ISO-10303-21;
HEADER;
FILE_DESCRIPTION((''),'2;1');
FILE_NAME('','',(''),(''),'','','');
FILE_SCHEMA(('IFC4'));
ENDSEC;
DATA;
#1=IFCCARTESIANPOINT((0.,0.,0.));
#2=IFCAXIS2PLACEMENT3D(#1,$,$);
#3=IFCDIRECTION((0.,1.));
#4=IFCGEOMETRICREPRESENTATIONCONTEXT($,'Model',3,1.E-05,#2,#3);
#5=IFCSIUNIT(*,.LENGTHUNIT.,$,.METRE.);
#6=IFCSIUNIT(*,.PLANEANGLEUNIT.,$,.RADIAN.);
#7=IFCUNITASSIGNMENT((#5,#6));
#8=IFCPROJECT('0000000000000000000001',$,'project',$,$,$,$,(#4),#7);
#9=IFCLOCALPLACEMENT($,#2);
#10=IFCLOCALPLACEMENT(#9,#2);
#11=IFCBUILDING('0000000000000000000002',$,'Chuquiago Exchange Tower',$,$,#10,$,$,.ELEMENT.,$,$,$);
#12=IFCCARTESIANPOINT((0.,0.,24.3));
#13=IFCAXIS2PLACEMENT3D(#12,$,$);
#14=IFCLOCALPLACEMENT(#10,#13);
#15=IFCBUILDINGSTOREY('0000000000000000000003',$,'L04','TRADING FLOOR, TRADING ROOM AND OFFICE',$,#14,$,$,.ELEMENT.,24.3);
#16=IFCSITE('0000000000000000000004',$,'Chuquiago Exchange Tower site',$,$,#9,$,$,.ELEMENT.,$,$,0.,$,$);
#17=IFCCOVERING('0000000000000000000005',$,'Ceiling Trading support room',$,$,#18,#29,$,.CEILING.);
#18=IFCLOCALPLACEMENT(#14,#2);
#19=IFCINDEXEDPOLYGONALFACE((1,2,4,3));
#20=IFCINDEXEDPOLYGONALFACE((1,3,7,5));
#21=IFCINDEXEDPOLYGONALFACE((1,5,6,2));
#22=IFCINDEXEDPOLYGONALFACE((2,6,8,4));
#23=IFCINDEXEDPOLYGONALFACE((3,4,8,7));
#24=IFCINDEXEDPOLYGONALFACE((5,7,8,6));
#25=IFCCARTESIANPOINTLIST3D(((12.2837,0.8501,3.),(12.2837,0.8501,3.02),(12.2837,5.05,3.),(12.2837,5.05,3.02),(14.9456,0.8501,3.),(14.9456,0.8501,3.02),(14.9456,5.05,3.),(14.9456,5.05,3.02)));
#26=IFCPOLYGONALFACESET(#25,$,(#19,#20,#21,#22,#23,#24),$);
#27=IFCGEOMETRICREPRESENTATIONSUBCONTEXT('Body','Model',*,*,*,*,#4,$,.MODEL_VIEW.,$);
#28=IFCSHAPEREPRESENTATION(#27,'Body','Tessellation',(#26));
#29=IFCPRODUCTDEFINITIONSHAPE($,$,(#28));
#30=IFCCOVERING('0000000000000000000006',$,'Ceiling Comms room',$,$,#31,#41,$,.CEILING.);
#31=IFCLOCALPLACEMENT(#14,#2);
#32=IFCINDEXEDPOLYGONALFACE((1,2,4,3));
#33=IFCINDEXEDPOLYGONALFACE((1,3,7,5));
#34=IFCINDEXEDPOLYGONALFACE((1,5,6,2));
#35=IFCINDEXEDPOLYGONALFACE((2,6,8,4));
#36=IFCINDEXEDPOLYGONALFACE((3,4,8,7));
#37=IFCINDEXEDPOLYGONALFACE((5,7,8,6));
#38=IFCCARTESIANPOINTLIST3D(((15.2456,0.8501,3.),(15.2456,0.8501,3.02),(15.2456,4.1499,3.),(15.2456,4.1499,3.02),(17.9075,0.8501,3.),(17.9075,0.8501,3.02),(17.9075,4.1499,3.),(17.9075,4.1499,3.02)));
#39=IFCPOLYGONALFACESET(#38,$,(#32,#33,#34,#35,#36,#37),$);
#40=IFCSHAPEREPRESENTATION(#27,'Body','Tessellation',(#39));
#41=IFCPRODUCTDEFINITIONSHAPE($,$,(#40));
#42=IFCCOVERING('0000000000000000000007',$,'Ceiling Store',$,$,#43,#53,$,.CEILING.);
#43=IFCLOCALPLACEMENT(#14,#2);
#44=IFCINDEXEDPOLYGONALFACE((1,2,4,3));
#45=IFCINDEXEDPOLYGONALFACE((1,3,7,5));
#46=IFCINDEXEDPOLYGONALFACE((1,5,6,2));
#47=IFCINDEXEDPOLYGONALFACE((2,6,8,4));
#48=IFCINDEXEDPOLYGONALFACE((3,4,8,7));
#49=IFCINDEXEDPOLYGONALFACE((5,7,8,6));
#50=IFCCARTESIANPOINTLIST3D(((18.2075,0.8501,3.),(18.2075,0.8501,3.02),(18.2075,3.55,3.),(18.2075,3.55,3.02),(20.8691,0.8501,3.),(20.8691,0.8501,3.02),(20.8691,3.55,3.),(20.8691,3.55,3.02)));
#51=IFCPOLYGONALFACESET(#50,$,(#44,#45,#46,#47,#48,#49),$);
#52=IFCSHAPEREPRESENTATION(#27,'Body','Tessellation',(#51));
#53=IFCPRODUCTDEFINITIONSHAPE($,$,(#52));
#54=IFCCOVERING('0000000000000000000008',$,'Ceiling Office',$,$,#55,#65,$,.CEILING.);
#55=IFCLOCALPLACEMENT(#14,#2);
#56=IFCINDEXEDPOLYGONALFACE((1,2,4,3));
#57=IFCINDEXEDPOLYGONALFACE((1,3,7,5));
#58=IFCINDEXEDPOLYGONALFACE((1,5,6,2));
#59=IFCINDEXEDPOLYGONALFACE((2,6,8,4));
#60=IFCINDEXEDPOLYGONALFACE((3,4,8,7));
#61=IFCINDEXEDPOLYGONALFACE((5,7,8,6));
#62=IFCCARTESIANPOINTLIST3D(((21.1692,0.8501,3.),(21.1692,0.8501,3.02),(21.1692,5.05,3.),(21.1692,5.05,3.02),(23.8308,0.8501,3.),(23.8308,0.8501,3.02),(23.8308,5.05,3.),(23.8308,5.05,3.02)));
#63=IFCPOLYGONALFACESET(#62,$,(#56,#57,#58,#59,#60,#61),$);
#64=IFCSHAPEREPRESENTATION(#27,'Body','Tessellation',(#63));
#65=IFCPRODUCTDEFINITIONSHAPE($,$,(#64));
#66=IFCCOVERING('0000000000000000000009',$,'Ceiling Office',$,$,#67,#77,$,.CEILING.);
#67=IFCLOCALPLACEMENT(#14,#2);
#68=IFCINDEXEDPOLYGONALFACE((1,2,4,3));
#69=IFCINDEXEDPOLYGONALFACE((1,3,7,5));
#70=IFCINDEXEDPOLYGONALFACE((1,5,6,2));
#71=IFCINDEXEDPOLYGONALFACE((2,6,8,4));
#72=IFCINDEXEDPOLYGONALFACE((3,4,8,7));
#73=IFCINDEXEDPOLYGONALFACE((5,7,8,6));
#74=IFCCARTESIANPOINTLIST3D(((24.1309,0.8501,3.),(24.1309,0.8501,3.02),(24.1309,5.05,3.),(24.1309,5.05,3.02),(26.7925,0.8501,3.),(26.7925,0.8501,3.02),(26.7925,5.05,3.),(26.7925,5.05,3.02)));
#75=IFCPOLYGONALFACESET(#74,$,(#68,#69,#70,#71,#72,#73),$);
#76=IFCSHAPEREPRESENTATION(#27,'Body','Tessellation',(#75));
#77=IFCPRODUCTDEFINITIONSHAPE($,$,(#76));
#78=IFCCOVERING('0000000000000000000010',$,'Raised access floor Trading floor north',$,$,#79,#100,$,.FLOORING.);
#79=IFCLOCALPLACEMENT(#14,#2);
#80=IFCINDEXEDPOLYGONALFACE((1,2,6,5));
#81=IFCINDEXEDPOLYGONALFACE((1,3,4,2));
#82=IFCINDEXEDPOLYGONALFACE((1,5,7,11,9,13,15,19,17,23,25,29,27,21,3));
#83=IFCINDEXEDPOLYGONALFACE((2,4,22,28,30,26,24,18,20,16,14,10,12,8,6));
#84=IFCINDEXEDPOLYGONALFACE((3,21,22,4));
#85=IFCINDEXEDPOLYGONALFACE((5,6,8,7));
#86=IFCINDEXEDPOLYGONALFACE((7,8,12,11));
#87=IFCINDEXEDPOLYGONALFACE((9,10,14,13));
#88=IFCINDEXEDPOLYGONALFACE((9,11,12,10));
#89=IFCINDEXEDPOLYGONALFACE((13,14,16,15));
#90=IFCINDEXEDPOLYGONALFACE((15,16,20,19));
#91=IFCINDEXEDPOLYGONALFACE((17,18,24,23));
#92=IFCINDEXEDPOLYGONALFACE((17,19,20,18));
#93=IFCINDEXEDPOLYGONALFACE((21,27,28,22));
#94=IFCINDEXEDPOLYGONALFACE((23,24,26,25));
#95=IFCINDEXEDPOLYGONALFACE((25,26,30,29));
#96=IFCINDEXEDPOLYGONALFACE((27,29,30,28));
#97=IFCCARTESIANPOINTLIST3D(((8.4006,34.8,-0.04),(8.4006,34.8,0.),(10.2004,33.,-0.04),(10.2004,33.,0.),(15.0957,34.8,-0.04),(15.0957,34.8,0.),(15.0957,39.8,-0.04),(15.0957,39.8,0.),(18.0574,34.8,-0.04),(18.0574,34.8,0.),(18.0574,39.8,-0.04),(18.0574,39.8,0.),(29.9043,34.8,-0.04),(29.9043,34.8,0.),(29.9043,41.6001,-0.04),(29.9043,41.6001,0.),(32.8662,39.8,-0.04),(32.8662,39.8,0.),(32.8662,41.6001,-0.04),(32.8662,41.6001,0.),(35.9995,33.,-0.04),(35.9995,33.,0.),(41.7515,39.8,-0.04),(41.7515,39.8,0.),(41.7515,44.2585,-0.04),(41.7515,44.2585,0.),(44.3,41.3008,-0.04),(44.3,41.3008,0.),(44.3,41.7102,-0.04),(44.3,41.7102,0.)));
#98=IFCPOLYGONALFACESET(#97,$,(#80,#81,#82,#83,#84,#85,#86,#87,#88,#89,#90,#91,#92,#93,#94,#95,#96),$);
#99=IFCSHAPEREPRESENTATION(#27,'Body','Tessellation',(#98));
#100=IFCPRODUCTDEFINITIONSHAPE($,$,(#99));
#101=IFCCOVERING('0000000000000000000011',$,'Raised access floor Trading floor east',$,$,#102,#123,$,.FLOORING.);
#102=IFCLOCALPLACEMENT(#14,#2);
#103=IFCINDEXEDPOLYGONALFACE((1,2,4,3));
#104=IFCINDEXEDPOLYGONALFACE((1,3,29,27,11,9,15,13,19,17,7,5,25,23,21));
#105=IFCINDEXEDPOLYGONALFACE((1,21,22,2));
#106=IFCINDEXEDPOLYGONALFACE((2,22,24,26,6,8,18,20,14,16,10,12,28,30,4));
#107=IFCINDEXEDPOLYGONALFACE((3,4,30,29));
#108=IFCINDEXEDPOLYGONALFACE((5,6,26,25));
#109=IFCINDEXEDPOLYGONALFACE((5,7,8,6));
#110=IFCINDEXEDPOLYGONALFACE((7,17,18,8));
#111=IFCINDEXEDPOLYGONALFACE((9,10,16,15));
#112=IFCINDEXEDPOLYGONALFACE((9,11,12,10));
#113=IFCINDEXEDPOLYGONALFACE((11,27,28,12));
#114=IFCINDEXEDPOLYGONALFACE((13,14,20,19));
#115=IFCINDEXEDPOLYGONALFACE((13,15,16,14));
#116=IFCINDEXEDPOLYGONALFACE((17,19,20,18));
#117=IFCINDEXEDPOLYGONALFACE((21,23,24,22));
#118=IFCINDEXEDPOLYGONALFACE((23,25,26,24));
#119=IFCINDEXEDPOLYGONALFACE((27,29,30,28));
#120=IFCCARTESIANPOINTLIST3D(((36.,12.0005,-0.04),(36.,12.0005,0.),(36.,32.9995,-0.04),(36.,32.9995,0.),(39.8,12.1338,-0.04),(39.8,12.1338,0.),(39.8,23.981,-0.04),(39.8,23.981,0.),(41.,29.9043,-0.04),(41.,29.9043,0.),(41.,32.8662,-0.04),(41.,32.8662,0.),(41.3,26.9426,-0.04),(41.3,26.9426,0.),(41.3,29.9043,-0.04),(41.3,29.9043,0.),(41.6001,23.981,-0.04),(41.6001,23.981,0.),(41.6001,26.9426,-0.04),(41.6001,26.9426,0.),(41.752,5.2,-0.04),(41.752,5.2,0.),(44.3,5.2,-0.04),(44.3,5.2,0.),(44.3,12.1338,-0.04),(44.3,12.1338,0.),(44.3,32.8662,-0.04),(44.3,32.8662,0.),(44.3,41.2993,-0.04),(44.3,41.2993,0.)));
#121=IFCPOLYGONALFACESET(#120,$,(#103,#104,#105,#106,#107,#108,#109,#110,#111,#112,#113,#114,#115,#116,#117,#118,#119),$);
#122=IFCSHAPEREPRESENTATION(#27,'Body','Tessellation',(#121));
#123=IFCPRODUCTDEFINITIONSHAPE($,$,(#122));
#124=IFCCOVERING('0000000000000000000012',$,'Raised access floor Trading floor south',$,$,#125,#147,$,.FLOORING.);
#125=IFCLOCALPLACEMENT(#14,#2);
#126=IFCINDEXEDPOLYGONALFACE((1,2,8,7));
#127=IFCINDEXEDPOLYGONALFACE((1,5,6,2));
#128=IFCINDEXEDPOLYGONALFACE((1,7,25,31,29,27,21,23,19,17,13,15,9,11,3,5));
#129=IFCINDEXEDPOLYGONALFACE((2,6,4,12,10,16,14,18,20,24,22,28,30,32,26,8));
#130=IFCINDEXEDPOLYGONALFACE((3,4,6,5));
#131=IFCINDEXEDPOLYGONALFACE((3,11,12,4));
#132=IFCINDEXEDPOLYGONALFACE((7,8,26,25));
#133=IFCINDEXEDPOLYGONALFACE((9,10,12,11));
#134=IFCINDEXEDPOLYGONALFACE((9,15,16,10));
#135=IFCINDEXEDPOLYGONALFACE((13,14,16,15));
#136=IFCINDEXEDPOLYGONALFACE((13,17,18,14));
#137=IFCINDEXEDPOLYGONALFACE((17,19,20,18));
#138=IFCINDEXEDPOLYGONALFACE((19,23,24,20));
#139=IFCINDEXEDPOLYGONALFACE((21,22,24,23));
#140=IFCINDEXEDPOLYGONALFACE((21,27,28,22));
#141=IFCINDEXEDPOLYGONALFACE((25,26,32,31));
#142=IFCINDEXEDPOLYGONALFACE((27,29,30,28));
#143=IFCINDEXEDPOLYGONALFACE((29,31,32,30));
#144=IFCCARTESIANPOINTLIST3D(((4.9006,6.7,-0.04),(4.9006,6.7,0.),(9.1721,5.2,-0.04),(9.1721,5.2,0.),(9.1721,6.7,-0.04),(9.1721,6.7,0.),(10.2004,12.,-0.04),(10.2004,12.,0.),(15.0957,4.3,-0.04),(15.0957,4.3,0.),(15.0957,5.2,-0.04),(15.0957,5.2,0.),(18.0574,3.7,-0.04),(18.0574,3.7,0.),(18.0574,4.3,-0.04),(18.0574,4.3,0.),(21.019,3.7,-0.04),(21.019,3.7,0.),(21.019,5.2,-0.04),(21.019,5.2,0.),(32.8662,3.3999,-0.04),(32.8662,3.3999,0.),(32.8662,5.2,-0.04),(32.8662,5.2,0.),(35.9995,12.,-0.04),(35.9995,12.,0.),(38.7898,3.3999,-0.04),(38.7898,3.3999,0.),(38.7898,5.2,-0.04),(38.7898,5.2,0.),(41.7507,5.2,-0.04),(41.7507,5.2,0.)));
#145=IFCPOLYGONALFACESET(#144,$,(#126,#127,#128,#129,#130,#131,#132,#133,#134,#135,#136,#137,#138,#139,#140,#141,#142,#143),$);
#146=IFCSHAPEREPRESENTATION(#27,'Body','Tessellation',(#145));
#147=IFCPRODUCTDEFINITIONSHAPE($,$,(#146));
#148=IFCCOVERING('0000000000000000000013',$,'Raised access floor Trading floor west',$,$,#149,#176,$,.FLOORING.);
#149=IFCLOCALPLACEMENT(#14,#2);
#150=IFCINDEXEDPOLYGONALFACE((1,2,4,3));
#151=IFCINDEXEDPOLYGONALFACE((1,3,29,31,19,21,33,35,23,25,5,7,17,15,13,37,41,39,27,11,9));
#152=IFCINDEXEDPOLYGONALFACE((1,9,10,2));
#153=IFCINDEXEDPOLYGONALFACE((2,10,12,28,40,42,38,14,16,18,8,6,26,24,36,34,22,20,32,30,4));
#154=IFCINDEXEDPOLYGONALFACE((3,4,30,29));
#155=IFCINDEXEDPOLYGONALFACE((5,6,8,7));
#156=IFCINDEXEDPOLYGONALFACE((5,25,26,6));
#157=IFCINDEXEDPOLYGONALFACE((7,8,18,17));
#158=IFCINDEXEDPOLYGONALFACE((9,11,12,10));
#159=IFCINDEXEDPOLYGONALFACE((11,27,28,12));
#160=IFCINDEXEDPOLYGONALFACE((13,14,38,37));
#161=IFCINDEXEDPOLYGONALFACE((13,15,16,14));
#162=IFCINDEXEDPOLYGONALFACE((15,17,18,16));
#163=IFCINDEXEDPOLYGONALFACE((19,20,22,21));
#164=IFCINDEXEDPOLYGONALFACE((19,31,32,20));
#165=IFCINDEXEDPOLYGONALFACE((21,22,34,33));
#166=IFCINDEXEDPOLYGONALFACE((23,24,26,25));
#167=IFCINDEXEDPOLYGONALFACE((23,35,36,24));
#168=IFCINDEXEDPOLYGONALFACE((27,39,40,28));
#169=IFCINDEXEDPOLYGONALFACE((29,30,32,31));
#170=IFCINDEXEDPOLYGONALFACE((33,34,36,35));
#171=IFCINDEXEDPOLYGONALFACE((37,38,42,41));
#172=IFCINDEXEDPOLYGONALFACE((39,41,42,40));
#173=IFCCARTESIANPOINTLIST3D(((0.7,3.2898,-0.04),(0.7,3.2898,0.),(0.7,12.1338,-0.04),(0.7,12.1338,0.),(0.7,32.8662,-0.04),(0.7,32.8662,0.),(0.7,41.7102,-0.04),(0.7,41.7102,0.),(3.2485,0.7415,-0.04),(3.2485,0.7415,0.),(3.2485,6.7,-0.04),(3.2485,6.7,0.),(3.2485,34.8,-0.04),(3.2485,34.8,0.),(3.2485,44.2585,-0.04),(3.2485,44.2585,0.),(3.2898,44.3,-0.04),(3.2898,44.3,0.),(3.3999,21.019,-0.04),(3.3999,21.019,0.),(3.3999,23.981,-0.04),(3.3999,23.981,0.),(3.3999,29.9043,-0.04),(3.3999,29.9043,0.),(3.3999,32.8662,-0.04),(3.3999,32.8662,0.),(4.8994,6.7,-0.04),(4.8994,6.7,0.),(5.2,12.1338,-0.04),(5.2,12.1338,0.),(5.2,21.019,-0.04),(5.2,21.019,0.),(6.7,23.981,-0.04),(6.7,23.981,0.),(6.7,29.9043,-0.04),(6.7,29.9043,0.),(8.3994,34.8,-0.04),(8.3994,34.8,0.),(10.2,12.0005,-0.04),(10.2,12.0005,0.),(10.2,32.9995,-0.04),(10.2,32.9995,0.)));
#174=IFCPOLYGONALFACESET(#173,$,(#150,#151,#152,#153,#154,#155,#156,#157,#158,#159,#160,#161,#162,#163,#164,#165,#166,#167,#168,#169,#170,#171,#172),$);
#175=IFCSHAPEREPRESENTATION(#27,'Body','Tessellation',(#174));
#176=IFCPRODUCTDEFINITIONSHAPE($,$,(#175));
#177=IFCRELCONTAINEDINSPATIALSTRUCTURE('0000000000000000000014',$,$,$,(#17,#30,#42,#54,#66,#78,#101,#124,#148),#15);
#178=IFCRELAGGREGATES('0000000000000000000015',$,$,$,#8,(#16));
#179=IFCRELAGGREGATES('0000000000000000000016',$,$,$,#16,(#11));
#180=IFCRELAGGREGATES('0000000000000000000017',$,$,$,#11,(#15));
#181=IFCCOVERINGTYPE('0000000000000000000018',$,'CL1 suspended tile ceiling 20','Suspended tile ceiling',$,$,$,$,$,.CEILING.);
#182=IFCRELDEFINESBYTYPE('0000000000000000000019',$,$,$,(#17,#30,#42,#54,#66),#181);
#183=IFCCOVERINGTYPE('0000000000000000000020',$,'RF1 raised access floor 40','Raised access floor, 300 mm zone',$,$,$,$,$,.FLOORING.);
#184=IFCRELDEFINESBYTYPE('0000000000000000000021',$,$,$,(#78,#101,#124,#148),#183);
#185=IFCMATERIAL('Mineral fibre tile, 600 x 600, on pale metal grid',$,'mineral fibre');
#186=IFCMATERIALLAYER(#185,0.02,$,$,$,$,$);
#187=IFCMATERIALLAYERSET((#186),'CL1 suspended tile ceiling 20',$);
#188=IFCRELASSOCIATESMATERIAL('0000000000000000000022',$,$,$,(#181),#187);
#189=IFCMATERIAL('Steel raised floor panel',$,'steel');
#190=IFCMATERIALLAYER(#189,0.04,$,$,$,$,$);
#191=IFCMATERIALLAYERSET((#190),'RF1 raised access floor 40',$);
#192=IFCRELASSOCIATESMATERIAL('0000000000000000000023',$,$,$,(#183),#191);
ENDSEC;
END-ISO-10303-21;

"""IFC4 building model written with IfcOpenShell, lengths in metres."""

from ifc_helpers import new_model, si_unit, direction, frame, origin, place, context, subcontext, project, spatial, polyline, outline, extrude, material, layer, layer_set, type_object, element, save


model = new_model("IFC4")

# Units and contexts
model_context = context("Model", 3, precision=1e-05, world=origin(), true_north=direction((0.0, 1.0)))
body_context = subcontext(model_context, "Body", "Model", "MODEL_VIEW")
ifc_project = project(units=[si_unit("LENGTHUNIT", "METRE"), si_unit("PLANEANGLEUNIT", "RADIAN")], contexts=[model_context])

# Site, building, storey
site_placement = place(None, origin())
site = spatial("IfcSite", under=ifc_project, at=site_placement, Name="Chuquiago Exchange Tower site", CompositionType="ELEMENT", RefElevation=0.0)
building_placement = place(site_placement, origin())
building = spatial("IfcBuilding", under=site, at=building_placement, Name="Chuquiago Exchange Tower", CompositionType="ELEMENT")
storey_placement = place(building_placement, frame((0.0, 0.0, 24.3)))
storey = spatial("IfcBuildingStorey", under=building, at=storey_placement, Name="L04", Description="TRADING FLOOR, TRADING ROOM AND OFFICE", CompositionType="ELEMENT", Elevation=24.3)

# Coverings
ifc_material_1 = material(Name="Mineral fibre tile, 600 x 600, on pale metal grid", Category="mineral fibre")
ifc_layer_1 = layer(ifc_material_1, 0.02)
ifc_layer_set_1 = layer_set([ifc_layer_1], Name="CL1 suspended tile ceiling 20")
covering_type_1 = type_object("IfcCoveringType", Name="CL1 suspended tile ceiling 20", Description="Suspended tile ceiling", PredefinedType="CEILING", material=ifc_layer_set_1)
covering_1_placement = place(storey_placement, frame((0.0, 0.0, 3.0)))
element("IfcCovering", 1, at=covering_1_placement, inside=storey, type_object=covering_type_1, Name="Ceiling Trading support room", PredefinedType="CEILING", context=body_context, shape_type="SweptSolid", body=[
    extrude(outline(polyline([(12.2837, 5.05), (14.9456, 5.05), (14.9456, 0.8501), (12.2837, 0.8501), (12.2837, 5.05)])), origin(), (0.0, 0.0, 1.0), 0.02),
])
covering_2_placement = place(storey_placement, frame((0.0, 0.0, 3.0)))
element("IfcCovering", 2, at=covering_2_placement, inside=storey, type_object=covering_type_1, Name="Ceiling Comms room", PredefinedType="CEILING", context=body_context, shape_type="SweptSolid", body=[
    extrude(outline(polyline([(15.2456, 4.1499), (17.9075, 4.1499), (17.9075, 0.8501), (15.2456, 0.8501), (15.2456, 4.1499)])), origin(), (0.0, 0.0, 1.0), 0.02),
])
covering_3_placement = place(storey_placement, frame((0.0, 0.0, 3.0)))
element("IfcCovering", 3, at=covering_3_placement, inside=storey, type_object=covering_type_1, Name="Ceiling Store", PredefinedType="CEILING", context=body_context, shape_type="SweptSolid", body=[
    extrude(outline(polyline([(18.2075, 3.55), (20.8691, 3.55), (20.8691, 0.8501), (18.2075, 0.8501), (18.2075, 3.55)])), origin(), (0.0, 0.0, 1.0), 0.02),
])
covering_4_placement = place(storey_placement, frame((0.0, 0.0, 3.0)))
element("IfcCovering", 4, at=covering_4_placement, inside=storey, type_object=covering_type_1, Name="Ceiling Office", PredefinedType="CEILING", context=body_context, shape_type="SweptSolid", body=[
    extrude(outline(polyline([(21.1692, 5.05), (23.8308, 5.05), (23.8308, 0.8501), (21.1692, 0.8501), (21.1692, 5.05)])), origin(), (0.0, 0.0, 1.0), 0.02),
])
covering_5_placement = place(storey_placement, frame((0.0, 0.0, 3.0)))
element("IfcCovering", 5, at=covering_5_placement, inside=storey, type_object=covering_type_1, Name="Ceiling Office", PredefinedType="CEILING", context=body_context, shape_type="SweptSolid", body=[
    extrude(outline(polyline([(24.1309, 5.05), (26.7925, 5.05), (26.7925, 0.8501), (24.1309, 0.8501), (24.1309, 5.05)])), origin(), (0.0, 0.0, 1.0), 0.02),
])
ifc_material_2 = material(Name="Steel raised floor panel", Category="steel")
ifc_layer_2 = layer(ifc_material_2, 0.04)
ifc_layer_set_2 = layer_set([ifc_layer_2], Name="RF1 raised access floor 40")
covering_type_2 = type_object("IfcCoveringType", Name="RF1 raised access floor 40", Description="Raised access floor, 300 mm zone", PredefinedType="FLOORING", material=ifc_layer_set_2)
covering_6_placement = place(storey_placement, frame((0.0, 0.0, -0.04)))
element("IfcCovering", 6, at=covering_6_placement, inside=storey, type_object=covering_type_2, Name="Raised access floor Trading floor north", PredefinedType="FLOORING", context=body_context, shape_type="SweptSolid", body=[
    extrude(outline(polyline([(15.0957, 34.8), (15.0957, 39.8), (18.0574, 39.8), (18.0574, 34.8), (29.9043, 34.8), (29.9043, 41.6001), (32.8662, 41.6001), (32.8662, 39.8), (41.7515, 39.8), (41.7515, 44.2585), (44.3, 41.7102), (44.3, 41.3008), (35.9995, 33.0), (10.2004, 33.0), (8.4006, 34.8), (15.0957, 34.8)])), origin(), (0.0, 0.0, 1.0), 0.04),
])
covering_7_placement = place(storey_placement, frame((0.0, 0.0, -0.04)))
element("IfcCovering", 7, at=covering_7_placement, inside=storey, type_object=covering_type_2, Name="Raised access floor Trading floor east", PredefinedType="FLOORING", context=body_context, shape_type="SweptSolid", body=[
    extrude(outline(polyline([(44.3, 32.8662), (41.0, 32.8662), (41.0, 29.9043), (41.3, 29.9043), (41.3, 26.9426), (41.6001, 26.9426), (41.6001, 23.981), (39.8, 23.981), (39.8, 12.1338), (44.3, 12.1338), (44.3, 5.2), (41.752, 5.2), (36.0, 12.0005), (36.0, 32.9995), (44.3, 41.2993), (44.3, 32.8662)])), origin(), (0.0, 0.0, 1.0), 0.04),
])
covering_8_placement = place(storey_placement, frame((0.0, 0.0, -0.04)))
element("IfcCovering", 8, at=covering_8_placement, inside=storey, type_object=covering_type_2, Name="Raised access floor Trading floor south", PredefinedType="FLOORING", context=body_context, shape_type="SweptSolid", body=[
    extrude(outline(polyline([(38.7898, 5.2), (38.7898, 3.3999), (32.8662, 3.3999), (32.8662, 5.2), (21.019, 5.2), (21.019, 3.7), (18.0574, 3.7), (18.0574, 4.3), (15.0957, 4.3), (15.0957, 5.2), (9.1721, 5.2), (9.1721, 6.7), (4.9006, 6.7), (10.2004, 12.0), (35.9995, 12.0), (41.7507, 5.2), (38.7898, 5.2)])), origin(), (0.0, 0.0, 1.0), 0.04),
])
covering_9_placement = place(storey_placement, frame((0.0, 0.0, -0.04)))
element("IfcCovering", 9, at=covering_9_placement, inside=storey, type_object=covering_type_2, Name="Raised access floor Trading floor west", PredefinedType="FLOORING", context=body_context, shape_type="SweptSolid", body=[
    extrude(outline(polyline([(5.2, 12.1338), (5.2, 21.019), (3.3999, 21.019), (3.3999, 23.981), (6.7, 23.981), (6.7, 29.9043), (3.3999, 29.9043), (3.3999, 32.8662), (0.7, 32.8662), (0.7, 41.7102), (3.2898, 44.3), (3.2485, 44.2585), (3.2485, 34.8), (8.3994, 34.8), (10.2, 32.9995), (10.2, 12.0005), (4.8994, 6.7), (3.2485, 6.7), (3.2485, 0.7415), (0.7, 3.2898), (0.7, 12.1338), (5.2, 12.1338)])), origin(), (0.0, 0.0, 1.0), 0.04),
])

save(model, "model.ifc")
